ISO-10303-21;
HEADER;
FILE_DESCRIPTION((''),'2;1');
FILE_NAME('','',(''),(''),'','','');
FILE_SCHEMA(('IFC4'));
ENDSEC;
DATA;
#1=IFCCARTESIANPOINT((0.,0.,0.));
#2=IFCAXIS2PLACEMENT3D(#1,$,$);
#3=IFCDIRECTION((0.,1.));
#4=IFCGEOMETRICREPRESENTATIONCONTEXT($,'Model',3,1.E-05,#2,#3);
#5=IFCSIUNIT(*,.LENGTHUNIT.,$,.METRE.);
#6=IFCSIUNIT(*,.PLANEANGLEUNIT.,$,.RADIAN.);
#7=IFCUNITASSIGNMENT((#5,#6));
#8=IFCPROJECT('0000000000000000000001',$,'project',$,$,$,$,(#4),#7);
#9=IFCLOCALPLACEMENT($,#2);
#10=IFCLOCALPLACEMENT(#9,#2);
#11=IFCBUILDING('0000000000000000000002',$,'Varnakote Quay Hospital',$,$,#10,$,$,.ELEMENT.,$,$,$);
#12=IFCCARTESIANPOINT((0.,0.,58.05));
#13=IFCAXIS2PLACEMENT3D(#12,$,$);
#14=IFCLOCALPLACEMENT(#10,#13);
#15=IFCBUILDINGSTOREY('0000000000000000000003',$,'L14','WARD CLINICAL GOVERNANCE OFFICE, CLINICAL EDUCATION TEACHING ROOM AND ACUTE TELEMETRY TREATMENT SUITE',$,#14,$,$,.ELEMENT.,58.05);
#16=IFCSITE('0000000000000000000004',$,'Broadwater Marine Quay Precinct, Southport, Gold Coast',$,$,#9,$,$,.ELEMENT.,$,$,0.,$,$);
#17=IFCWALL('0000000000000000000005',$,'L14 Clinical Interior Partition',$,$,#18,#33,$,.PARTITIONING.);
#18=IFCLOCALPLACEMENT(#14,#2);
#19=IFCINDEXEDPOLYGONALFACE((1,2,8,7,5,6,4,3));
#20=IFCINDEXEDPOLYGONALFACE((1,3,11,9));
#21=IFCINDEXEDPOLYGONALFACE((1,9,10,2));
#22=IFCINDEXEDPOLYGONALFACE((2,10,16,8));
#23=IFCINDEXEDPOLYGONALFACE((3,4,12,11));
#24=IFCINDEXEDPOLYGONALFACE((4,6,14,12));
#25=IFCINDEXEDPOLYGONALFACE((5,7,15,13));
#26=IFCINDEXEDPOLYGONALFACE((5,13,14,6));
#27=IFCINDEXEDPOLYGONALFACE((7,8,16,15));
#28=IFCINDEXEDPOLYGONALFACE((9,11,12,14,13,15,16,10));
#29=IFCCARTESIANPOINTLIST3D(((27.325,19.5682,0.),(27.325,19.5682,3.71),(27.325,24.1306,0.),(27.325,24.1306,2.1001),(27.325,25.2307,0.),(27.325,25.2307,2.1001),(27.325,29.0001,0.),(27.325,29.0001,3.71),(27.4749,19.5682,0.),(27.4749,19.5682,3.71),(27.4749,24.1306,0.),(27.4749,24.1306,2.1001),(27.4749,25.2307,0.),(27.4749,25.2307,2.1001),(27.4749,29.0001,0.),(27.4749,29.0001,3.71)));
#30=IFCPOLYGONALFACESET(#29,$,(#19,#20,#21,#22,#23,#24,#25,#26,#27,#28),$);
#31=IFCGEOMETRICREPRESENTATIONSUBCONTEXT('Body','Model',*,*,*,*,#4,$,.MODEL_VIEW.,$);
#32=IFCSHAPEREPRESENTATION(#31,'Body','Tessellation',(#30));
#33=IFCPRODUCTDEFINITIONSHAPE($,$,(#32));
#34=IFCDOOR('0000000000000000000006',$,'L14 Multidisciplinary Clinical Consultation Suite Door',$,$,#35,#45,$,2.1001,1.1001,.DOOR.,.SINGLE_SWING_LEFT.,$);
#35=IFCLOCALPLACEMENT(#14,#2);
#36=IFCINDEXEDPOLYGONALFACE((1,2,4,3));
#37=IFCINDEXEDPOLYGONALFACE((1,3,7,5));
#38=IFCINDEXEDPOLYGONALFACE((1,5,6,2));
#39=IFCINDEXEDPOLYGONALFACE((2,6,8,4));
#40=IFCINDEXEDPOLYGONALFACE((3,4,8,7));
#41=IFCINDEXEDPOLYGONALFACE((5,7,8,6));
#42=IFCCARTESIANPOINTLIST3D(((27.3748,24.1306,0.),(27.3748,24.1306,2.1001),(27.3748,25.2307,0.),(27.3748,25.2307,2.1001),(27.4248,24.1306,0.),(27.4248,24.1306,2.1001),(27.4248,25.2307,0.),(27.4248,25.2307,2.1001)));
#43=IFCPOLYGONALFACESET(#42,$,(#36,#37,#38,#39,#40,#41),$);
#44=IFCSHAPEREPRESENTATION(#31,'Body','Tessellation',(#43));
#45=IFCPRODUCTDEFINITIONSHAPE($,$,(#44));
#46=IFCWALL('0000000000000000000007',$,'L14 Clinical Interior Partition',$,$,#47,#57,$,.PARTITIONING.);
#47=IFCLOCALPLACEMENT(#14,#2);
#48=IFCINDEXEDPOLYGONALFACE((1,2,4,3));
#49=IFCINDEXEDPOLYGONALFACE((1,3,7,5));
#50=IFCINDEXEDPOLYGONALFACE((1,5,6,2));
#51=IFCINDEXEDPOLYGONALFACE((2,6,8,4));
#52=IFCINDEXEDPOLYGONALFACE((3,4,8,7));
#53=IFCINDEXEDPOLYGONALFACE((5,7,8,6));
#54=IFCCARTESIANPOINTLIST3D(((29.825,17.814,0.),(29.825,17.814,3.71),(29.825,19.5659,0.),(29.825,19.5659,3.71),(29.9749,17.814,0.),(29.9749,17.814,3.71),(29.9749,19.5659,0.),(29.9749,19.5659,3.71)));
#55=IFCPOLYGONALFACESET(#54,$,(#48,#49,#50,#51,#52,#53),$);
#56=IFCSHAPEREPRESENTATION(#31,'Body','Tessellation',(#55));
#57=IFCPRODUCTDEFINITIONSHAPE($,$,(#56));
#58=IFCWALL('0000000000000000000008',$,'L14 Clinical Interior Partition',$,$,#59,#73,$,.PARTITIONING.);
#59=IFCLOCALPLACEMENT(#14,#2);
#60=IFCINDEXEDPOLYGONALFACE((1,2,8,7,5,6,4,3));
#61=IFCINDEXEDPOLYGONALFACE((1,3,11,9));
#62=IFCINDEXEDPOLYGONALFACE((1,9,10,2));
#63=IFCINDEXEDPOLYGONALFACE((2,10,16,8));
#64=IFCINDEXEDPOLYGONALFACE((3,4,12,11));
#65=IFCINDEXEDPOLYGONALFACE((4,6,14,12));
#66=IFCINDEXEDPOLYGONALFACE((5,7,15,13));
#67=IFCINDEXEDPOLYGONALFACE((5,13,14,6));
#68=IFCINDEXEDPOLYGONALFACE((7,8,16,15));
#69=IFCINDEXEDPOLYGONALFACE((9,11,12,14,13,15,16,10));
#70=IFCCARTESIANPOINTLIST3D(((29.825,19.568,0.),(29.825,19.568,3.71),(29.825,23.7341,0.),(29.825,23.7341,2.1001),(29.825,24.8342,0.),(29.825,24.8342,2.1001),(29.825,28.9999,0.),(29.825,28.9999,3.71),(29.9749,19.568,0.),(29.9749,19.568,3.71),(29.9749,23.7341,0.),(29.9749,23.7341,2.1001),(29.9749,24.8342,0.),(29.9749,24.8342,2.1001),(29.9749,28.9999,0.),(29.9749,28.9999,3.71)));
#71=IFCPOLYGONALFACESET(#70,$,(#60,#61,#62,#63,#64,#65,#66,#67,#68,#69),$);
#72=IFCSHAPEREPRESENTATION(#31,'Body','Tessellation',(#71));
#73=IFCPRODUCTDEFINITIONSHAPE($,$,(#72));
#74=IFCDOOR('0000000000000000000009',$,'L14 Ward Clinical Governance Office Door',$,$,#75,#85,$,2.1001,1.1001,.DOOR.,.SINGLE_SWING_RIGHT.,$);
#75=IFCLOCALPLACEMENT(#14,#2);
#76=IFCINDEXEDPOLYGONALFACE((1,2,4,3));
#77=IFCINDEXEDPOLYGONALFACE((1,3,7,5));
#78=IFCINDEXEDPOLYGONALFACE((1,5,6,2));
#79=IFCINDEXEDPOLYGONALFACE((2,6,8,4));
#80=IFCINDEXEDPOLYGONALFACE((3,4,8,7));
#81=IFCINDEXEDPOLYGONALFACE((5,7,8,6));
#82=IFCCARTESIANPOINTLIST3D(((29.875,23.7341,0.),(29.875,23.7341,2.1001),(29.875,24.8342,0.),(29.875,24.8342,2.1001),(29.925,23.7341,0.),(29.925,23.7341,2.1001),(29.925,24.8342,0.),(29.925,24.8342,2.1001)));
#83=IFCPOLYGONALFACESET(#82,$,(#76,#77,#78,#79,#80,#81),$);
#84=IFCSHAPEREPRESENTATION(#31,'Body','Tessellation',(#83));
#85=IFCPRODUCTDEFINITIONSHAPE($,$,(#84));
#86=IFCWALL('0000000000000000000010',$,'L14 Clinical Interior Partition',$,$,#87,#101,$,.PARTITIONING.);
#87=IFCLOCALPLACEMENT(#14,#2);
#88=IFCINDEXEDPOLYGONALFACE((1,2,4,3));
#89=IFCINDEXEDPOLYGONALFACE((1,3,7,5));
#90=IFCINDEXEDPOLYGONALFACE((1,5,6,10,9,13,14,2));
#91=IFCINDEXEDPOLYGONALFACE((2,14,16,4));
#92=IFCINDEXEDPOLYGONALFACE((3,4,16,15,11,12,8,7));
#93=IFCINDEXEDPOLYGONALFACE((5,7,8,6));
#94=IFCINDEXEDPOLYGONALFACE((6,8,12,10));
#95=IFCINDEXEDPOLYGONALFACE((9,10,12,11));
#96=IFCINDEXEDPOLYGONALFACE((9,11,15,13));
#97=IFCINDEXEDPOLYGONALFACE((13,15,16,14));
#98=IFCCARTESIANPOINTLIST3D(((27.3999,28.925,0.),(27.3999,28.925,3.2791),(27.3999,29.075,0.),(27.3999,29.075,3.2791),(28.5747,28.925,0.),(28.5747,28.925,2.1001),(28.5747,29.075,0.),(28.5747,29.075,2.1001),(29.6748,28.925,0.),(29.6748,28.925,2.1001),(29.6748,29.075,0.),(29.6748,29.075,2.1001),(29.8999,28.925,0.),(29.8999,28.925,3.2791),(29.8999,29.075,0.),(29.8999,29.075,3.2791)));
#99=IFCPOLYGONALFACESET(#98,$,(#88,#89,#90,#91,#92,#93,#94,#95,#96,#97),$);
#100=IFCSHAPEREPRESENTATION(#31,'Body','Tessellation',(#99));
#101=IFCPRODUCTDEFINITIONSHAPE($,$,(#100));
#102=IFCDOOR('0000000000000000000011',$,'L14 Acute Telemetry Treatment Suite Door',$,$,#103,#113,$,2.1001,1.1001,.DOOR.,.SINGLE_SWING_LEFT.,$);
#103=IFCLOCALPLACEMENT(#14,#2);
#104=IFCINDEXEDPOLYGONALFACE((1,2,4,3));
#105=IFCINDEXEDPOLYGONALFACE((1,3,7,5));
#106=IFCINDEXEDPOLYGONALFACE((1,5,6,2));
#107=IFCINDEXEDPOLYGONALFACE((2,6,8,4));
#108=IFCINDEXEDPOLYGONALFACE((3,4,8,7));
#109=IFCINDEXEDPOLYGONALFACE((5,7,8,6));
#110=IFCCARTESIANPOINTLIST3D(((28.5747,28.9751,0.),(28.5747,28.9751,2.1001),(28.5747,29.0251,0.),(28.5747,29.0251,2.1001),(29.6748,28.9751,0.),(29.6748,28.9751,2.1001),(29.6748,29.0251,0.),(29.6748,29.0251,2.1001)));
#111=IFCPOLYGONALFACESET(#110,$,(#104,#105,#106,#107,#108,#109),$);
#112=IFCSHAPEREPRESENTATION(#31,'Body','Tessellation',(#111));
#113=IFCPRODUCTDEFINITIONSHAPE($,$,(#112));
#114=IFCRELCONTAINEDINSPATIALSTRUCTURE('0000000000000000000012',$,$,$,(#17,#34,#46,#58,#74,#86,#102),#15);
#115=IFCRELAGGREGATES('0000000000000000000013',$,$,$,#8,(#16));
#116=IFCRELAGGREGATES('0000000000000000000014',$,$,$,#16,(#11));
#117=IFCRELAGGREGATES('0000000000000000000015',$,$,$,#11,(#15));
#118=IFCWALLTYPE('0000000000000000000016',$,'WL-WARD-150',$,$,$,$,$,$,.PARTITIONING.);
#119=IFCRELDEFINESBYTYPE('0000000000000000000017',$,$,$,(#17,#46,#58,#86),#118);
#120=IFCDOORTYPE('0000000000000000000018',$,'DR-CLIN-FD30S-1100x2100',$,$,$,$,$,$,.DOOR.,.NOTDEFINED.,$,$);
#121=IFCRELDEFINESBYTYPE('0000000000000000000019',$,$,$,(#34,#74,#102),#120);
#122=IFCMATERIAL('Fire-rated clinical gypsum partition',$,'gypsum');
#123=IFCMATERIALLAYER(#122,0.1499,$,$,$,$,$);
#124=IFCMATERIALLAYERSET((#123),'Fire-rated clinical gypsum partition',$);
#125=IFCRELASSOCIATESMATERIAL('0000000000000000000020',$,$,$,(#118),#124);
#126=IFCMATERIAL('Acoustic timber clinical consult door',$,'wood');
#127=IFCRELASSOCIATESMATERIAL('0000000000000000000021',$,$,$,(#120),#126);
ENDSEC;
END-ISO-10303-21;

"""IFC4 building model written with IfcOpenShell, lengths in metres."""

from ifc_helpers import new_model, si_unit, direction, frame, frame_2d, origin, place, context, subcontext, project, spatial, rectangle, extrude, material, layer, layer_set, type_object, element, fill, save


model = new_model("IFC4")

# Units and contexts
model_context = context("Model", 3, precision=1e-05, world=origin(), true_north=direction((0.0, 1.0)))
body_context = subcontext(model_context, "Body", "Model", "MODEL_VIEW")
ifc_project = project(units=[si_unit("LENGTHUNIT", "METRE"), si_unit("PLANEANGLEUNIT", "RADIAN")], contexts=[model_context])

# Site, building, storey
site_placement = place(None, origin())
site = spatial("IfcSite", under=ifc_project, at=site_placement, Name="Broadwater Marine Quay Precinct, Southport, Gold Coast", CompositionType="ELEMENT", RefElevation=0.0)
building_placement = place(site_placement, origin())
building = spatial("IfcBuilding", under=site, at=building_placement, Name="Varnakote Quay Hospital", CompositionType="ELEMENT")
storey_placement = place(building_placement, frame((0.0, 0.0, 58.05)))
storey = spatial("IfcBuildingStorey", under=building, at=storey_placement, Name="L14", Description="WARD CLINICAL GOVERNANCE OFFICE, CLINICAL EDUCATION TEACHING ROOM AND ACUTE TELEMETRY TREATMENT SUITE", CompositionType="ELEMENT", Elevation=58.05)

# Shared definitions
ifc_material_1 = material(Name="Fire-rated clinical gypsum partition", Category="gypsum")
ifc_layer_1 = layer(ifc_material_1, 0.1499)
ifc_layer_set_1 = layer_set([ifc_layer_1], Name="Fire-rated clinical gypsum partition")
wall_type_1 = type_object("IfcWallType", Name="WL-WARD-150", PredefinedType="PARTITIONING", material=ifc_layer_set_1)
ifc_material_2 = material(Name="Acoustic timber clinical consult door", Category="wood")
door_type_1 = type_object("IfcDoorType", Name="DR-CLIN-FD30S-1100x2100", OperationType="NOTDEFINED", PredefinedType="DOOR", material=ifc_material_2)

# Wall, opening, door
wall_1_placement = place(storey_placement, frame((27.3999, 29.0, 0.0), z_axis=(0.0, 0.0, 1.0), x_axis=(0.0, -1.0, 0.0)))
wall_1 = element("IfcWall", 1, at=wall_1_placement, inside=storey, type_object=wall_type_1, Name="L14 Clinical Interior Partition", PredefinedType="PARTITIONING", context=body_context, shape_type="SweptSolid", body=[
    extrude(rectangle(XDim=9.4319, YDim=0.1499, at=frame_2d((4.7158, 0.0))), origin(), (0.0, 0.0, 1.0), 3.71),
])
opening_1_placement = place(wall_1_placement, frame((3.7693, 0.0, 0.0)))
opening_1 = element("IfcOpeningElement", 2, at=opening_1_placement, cuts=wall_1, PredefinedType="OPENING", context=body_context, shape_type="SweptSolid", body=[
    extrude(rectangle(XDim=1.1001, YDim=2.1001, at=frame_2d((0.55, 1.05))), frame((0.0, 0.085, 0.0), z_axis=(0.0, -1.0, 0.0), x_axis=(1.0, 0.0, 0.0)), (0.0, 0.0, 1.0), 0.1699),
])
door_1_placement = place(opening_1_placement, origin())
door_1 = element("IfcDoor", 3, at=door_1_placement, inside=storey, type_object=door_type_1, Name="L14 Multidisciplinary Clinical Consultation Suite Door", OperationType="SINGLE_SWING_LEFT", OverallHeight=2.1001, OverallWidth=1.1001, PredefinedType="DOOR", context=body_context, shape_type="SweptSolid", body=[
    extrude(rectangle(XDim=1.1001, YDim=2.1001, at=frame_2d((0.55, 1.05))), frame((0.0, 0.0249, 0.0), z_axis=(0.0, -1.0, 0.0), x_axis=(1.0, 0.0, 0.0)), (0.0, 0.0, 1.0), 0.05),
])
fill(opening_1, door_1)

# Wall
wall_2_placement = place(storey_placement, frame((29.8999, 17.814, 0.0), z_axis=(0.0, 0.0, 1.0), x_axis=(0.0, 1.0, 0.0)))
element("IfcWall", 4, at=wall_2_placement, inside=storey, type_object=wall_type_1, Name="L14 Clinical Interior Partition", PredefinedType="PARTITIONING", context=body_context, shape_type="SweptSolid", body=[
    extrude(rectangle(XDim=1.752, YDim=0.1499, at=frame_2d((0.876, 0.0))), origin(), (0.0, 0.0, 1.0), 3.71),
])

# Walls, openings, doors
wall_3_placement = place(storey_placement, frame((29.8999, 19.5681, 0.0), z_axis=(0.0, 0.0, 1.0), x_axis=(0.0, 1.0, 0.0)))
wall_3 = element("IfcWall", 5, at=wall_3_placement, inside=storey, type_object=wall_type_1, Name="L14 Clinical Interior Partition", PredefinedType="PARTITIONING", context=body_context, shape_type="SweptSolid", body=[
    extrude(rectangle(XDim=9.4319, YDim=0.1499, at=frame_2d((4.7158, 0.0))), origin(), (0.0, 0.0, 1.0), 3.71),
])
opening_2_placement = place(wall_3_placement, frame((4.166, 0.0, 0.0)))
opening_2 = element("IfcOpeningElement", 6, at=opening_2_placement, cuts=wall_3, PredefinedType="OPENING", context=body_context, shape_type="SweptSolid", body=[
    extrude(rectangle(XDim=1.1001, YDim=2.1001, at=frame_2d((0.55, 1.05))), frame((0.0, 0.085, 0.0), z_axis=(0.0, -1.0, 0.0), x_axis=(1.0, 0.0, 0.0)), (0.0, 0.0, 1.0), 0.1699),
])
door_2_placement = place(opening_2_placement, origin())
door_2 = element("IfcDoor", 7, at=door_2_placement, inside=storey, type_object=door_type_1, Name="L14 Ward Clinical Governance Office Door", OperationType="SINGLE_SWING_RIGHT", OverallHeight=2.1001, OverallWidth=1.1001, PredefinedType="DOOR", context=body_context, shape_type="SweptSolid", body=[
    extrude(rectangle(XDim=1.1001, YDim=2.1001, at=frame_2d((0.55, 1.05))), frame((0.0, 0.0249, 0.0), z_axis=(0.0, -1.0, 0.0), x_axis=(1.0, 0.0, 0.0)), (0.0, 0.0, 1.0), 0.05),
])
fill(opening_2, door_2)
wall_4_placement = place(storey_placement, frame((29.8999, 29.0, 0.0), z_axis=(0.0, 0.0, 1.0), x_axis=(-1.0, 0.0, 0.0)))
wall_4 = element("IfcWall", 8, at=wall_4_placement, inside=storey, type_object=wall_type_1, Name="L14 Clinical Interior Partition", PredefinedType="PARTITIONING", context=body_context, shape_type="SweptSolid", body=[
    extrude(rectangle(XDim=2.5, YDim=0.1499, at=frame_2d((1.25, 0.0))), origin(), (0.0, 0.0, 1.0), 3.2791),
])
opening_3_placement = place(wall_4_placement, frame((0.2251, 0.0, 0.0)))
opening_3 = element("IfcOpeningElement", 9, at=opening_3_placement, cuts=wall_4, PredefinedType="OPENING", context=body_context, shape_type="SweptSolid", body=[
    extrude(rectangle(XDim=1.1001, YDim=2.1001, at=frame_2d((0.55, 1.05))), frame((0.0, 0.085, 0.0), z_axis=(0.0, -1.0, 0.0), x_axis=(1.0, 0.0, 0.0)), (0.0, 0.0, 1.0), 0.1699),
])
door_3_placement = place(opening_3_placement, origin())
door_3 = element("IfcDoor", 10, at=door_3_placement, inside=storey, type_object=door_type_1, Name="L14 Acute Telemetry Treatment Suite Door", OperationType="SINGLE_SWING_LEFT", OverallHeight=2.1001, OverallWidth=1.1001, PredefinedType="DOOR", context=body_context, shape_type="SweptSolid", body=[
    extrude(rectangle(XDim=1.1001, YDim=2.1001, at=frame_2d((0.55, 1.05))), frame((0.0, 0.0249, 0.0), z_axis=(0.0, -1.0, 0.0), x_axis=(1.0, 0.0, 0.0)), (0.0, 0.0, 1.0), 0.05),
])
fill(opening_3, door_3)

save(model, "model.ifc")
